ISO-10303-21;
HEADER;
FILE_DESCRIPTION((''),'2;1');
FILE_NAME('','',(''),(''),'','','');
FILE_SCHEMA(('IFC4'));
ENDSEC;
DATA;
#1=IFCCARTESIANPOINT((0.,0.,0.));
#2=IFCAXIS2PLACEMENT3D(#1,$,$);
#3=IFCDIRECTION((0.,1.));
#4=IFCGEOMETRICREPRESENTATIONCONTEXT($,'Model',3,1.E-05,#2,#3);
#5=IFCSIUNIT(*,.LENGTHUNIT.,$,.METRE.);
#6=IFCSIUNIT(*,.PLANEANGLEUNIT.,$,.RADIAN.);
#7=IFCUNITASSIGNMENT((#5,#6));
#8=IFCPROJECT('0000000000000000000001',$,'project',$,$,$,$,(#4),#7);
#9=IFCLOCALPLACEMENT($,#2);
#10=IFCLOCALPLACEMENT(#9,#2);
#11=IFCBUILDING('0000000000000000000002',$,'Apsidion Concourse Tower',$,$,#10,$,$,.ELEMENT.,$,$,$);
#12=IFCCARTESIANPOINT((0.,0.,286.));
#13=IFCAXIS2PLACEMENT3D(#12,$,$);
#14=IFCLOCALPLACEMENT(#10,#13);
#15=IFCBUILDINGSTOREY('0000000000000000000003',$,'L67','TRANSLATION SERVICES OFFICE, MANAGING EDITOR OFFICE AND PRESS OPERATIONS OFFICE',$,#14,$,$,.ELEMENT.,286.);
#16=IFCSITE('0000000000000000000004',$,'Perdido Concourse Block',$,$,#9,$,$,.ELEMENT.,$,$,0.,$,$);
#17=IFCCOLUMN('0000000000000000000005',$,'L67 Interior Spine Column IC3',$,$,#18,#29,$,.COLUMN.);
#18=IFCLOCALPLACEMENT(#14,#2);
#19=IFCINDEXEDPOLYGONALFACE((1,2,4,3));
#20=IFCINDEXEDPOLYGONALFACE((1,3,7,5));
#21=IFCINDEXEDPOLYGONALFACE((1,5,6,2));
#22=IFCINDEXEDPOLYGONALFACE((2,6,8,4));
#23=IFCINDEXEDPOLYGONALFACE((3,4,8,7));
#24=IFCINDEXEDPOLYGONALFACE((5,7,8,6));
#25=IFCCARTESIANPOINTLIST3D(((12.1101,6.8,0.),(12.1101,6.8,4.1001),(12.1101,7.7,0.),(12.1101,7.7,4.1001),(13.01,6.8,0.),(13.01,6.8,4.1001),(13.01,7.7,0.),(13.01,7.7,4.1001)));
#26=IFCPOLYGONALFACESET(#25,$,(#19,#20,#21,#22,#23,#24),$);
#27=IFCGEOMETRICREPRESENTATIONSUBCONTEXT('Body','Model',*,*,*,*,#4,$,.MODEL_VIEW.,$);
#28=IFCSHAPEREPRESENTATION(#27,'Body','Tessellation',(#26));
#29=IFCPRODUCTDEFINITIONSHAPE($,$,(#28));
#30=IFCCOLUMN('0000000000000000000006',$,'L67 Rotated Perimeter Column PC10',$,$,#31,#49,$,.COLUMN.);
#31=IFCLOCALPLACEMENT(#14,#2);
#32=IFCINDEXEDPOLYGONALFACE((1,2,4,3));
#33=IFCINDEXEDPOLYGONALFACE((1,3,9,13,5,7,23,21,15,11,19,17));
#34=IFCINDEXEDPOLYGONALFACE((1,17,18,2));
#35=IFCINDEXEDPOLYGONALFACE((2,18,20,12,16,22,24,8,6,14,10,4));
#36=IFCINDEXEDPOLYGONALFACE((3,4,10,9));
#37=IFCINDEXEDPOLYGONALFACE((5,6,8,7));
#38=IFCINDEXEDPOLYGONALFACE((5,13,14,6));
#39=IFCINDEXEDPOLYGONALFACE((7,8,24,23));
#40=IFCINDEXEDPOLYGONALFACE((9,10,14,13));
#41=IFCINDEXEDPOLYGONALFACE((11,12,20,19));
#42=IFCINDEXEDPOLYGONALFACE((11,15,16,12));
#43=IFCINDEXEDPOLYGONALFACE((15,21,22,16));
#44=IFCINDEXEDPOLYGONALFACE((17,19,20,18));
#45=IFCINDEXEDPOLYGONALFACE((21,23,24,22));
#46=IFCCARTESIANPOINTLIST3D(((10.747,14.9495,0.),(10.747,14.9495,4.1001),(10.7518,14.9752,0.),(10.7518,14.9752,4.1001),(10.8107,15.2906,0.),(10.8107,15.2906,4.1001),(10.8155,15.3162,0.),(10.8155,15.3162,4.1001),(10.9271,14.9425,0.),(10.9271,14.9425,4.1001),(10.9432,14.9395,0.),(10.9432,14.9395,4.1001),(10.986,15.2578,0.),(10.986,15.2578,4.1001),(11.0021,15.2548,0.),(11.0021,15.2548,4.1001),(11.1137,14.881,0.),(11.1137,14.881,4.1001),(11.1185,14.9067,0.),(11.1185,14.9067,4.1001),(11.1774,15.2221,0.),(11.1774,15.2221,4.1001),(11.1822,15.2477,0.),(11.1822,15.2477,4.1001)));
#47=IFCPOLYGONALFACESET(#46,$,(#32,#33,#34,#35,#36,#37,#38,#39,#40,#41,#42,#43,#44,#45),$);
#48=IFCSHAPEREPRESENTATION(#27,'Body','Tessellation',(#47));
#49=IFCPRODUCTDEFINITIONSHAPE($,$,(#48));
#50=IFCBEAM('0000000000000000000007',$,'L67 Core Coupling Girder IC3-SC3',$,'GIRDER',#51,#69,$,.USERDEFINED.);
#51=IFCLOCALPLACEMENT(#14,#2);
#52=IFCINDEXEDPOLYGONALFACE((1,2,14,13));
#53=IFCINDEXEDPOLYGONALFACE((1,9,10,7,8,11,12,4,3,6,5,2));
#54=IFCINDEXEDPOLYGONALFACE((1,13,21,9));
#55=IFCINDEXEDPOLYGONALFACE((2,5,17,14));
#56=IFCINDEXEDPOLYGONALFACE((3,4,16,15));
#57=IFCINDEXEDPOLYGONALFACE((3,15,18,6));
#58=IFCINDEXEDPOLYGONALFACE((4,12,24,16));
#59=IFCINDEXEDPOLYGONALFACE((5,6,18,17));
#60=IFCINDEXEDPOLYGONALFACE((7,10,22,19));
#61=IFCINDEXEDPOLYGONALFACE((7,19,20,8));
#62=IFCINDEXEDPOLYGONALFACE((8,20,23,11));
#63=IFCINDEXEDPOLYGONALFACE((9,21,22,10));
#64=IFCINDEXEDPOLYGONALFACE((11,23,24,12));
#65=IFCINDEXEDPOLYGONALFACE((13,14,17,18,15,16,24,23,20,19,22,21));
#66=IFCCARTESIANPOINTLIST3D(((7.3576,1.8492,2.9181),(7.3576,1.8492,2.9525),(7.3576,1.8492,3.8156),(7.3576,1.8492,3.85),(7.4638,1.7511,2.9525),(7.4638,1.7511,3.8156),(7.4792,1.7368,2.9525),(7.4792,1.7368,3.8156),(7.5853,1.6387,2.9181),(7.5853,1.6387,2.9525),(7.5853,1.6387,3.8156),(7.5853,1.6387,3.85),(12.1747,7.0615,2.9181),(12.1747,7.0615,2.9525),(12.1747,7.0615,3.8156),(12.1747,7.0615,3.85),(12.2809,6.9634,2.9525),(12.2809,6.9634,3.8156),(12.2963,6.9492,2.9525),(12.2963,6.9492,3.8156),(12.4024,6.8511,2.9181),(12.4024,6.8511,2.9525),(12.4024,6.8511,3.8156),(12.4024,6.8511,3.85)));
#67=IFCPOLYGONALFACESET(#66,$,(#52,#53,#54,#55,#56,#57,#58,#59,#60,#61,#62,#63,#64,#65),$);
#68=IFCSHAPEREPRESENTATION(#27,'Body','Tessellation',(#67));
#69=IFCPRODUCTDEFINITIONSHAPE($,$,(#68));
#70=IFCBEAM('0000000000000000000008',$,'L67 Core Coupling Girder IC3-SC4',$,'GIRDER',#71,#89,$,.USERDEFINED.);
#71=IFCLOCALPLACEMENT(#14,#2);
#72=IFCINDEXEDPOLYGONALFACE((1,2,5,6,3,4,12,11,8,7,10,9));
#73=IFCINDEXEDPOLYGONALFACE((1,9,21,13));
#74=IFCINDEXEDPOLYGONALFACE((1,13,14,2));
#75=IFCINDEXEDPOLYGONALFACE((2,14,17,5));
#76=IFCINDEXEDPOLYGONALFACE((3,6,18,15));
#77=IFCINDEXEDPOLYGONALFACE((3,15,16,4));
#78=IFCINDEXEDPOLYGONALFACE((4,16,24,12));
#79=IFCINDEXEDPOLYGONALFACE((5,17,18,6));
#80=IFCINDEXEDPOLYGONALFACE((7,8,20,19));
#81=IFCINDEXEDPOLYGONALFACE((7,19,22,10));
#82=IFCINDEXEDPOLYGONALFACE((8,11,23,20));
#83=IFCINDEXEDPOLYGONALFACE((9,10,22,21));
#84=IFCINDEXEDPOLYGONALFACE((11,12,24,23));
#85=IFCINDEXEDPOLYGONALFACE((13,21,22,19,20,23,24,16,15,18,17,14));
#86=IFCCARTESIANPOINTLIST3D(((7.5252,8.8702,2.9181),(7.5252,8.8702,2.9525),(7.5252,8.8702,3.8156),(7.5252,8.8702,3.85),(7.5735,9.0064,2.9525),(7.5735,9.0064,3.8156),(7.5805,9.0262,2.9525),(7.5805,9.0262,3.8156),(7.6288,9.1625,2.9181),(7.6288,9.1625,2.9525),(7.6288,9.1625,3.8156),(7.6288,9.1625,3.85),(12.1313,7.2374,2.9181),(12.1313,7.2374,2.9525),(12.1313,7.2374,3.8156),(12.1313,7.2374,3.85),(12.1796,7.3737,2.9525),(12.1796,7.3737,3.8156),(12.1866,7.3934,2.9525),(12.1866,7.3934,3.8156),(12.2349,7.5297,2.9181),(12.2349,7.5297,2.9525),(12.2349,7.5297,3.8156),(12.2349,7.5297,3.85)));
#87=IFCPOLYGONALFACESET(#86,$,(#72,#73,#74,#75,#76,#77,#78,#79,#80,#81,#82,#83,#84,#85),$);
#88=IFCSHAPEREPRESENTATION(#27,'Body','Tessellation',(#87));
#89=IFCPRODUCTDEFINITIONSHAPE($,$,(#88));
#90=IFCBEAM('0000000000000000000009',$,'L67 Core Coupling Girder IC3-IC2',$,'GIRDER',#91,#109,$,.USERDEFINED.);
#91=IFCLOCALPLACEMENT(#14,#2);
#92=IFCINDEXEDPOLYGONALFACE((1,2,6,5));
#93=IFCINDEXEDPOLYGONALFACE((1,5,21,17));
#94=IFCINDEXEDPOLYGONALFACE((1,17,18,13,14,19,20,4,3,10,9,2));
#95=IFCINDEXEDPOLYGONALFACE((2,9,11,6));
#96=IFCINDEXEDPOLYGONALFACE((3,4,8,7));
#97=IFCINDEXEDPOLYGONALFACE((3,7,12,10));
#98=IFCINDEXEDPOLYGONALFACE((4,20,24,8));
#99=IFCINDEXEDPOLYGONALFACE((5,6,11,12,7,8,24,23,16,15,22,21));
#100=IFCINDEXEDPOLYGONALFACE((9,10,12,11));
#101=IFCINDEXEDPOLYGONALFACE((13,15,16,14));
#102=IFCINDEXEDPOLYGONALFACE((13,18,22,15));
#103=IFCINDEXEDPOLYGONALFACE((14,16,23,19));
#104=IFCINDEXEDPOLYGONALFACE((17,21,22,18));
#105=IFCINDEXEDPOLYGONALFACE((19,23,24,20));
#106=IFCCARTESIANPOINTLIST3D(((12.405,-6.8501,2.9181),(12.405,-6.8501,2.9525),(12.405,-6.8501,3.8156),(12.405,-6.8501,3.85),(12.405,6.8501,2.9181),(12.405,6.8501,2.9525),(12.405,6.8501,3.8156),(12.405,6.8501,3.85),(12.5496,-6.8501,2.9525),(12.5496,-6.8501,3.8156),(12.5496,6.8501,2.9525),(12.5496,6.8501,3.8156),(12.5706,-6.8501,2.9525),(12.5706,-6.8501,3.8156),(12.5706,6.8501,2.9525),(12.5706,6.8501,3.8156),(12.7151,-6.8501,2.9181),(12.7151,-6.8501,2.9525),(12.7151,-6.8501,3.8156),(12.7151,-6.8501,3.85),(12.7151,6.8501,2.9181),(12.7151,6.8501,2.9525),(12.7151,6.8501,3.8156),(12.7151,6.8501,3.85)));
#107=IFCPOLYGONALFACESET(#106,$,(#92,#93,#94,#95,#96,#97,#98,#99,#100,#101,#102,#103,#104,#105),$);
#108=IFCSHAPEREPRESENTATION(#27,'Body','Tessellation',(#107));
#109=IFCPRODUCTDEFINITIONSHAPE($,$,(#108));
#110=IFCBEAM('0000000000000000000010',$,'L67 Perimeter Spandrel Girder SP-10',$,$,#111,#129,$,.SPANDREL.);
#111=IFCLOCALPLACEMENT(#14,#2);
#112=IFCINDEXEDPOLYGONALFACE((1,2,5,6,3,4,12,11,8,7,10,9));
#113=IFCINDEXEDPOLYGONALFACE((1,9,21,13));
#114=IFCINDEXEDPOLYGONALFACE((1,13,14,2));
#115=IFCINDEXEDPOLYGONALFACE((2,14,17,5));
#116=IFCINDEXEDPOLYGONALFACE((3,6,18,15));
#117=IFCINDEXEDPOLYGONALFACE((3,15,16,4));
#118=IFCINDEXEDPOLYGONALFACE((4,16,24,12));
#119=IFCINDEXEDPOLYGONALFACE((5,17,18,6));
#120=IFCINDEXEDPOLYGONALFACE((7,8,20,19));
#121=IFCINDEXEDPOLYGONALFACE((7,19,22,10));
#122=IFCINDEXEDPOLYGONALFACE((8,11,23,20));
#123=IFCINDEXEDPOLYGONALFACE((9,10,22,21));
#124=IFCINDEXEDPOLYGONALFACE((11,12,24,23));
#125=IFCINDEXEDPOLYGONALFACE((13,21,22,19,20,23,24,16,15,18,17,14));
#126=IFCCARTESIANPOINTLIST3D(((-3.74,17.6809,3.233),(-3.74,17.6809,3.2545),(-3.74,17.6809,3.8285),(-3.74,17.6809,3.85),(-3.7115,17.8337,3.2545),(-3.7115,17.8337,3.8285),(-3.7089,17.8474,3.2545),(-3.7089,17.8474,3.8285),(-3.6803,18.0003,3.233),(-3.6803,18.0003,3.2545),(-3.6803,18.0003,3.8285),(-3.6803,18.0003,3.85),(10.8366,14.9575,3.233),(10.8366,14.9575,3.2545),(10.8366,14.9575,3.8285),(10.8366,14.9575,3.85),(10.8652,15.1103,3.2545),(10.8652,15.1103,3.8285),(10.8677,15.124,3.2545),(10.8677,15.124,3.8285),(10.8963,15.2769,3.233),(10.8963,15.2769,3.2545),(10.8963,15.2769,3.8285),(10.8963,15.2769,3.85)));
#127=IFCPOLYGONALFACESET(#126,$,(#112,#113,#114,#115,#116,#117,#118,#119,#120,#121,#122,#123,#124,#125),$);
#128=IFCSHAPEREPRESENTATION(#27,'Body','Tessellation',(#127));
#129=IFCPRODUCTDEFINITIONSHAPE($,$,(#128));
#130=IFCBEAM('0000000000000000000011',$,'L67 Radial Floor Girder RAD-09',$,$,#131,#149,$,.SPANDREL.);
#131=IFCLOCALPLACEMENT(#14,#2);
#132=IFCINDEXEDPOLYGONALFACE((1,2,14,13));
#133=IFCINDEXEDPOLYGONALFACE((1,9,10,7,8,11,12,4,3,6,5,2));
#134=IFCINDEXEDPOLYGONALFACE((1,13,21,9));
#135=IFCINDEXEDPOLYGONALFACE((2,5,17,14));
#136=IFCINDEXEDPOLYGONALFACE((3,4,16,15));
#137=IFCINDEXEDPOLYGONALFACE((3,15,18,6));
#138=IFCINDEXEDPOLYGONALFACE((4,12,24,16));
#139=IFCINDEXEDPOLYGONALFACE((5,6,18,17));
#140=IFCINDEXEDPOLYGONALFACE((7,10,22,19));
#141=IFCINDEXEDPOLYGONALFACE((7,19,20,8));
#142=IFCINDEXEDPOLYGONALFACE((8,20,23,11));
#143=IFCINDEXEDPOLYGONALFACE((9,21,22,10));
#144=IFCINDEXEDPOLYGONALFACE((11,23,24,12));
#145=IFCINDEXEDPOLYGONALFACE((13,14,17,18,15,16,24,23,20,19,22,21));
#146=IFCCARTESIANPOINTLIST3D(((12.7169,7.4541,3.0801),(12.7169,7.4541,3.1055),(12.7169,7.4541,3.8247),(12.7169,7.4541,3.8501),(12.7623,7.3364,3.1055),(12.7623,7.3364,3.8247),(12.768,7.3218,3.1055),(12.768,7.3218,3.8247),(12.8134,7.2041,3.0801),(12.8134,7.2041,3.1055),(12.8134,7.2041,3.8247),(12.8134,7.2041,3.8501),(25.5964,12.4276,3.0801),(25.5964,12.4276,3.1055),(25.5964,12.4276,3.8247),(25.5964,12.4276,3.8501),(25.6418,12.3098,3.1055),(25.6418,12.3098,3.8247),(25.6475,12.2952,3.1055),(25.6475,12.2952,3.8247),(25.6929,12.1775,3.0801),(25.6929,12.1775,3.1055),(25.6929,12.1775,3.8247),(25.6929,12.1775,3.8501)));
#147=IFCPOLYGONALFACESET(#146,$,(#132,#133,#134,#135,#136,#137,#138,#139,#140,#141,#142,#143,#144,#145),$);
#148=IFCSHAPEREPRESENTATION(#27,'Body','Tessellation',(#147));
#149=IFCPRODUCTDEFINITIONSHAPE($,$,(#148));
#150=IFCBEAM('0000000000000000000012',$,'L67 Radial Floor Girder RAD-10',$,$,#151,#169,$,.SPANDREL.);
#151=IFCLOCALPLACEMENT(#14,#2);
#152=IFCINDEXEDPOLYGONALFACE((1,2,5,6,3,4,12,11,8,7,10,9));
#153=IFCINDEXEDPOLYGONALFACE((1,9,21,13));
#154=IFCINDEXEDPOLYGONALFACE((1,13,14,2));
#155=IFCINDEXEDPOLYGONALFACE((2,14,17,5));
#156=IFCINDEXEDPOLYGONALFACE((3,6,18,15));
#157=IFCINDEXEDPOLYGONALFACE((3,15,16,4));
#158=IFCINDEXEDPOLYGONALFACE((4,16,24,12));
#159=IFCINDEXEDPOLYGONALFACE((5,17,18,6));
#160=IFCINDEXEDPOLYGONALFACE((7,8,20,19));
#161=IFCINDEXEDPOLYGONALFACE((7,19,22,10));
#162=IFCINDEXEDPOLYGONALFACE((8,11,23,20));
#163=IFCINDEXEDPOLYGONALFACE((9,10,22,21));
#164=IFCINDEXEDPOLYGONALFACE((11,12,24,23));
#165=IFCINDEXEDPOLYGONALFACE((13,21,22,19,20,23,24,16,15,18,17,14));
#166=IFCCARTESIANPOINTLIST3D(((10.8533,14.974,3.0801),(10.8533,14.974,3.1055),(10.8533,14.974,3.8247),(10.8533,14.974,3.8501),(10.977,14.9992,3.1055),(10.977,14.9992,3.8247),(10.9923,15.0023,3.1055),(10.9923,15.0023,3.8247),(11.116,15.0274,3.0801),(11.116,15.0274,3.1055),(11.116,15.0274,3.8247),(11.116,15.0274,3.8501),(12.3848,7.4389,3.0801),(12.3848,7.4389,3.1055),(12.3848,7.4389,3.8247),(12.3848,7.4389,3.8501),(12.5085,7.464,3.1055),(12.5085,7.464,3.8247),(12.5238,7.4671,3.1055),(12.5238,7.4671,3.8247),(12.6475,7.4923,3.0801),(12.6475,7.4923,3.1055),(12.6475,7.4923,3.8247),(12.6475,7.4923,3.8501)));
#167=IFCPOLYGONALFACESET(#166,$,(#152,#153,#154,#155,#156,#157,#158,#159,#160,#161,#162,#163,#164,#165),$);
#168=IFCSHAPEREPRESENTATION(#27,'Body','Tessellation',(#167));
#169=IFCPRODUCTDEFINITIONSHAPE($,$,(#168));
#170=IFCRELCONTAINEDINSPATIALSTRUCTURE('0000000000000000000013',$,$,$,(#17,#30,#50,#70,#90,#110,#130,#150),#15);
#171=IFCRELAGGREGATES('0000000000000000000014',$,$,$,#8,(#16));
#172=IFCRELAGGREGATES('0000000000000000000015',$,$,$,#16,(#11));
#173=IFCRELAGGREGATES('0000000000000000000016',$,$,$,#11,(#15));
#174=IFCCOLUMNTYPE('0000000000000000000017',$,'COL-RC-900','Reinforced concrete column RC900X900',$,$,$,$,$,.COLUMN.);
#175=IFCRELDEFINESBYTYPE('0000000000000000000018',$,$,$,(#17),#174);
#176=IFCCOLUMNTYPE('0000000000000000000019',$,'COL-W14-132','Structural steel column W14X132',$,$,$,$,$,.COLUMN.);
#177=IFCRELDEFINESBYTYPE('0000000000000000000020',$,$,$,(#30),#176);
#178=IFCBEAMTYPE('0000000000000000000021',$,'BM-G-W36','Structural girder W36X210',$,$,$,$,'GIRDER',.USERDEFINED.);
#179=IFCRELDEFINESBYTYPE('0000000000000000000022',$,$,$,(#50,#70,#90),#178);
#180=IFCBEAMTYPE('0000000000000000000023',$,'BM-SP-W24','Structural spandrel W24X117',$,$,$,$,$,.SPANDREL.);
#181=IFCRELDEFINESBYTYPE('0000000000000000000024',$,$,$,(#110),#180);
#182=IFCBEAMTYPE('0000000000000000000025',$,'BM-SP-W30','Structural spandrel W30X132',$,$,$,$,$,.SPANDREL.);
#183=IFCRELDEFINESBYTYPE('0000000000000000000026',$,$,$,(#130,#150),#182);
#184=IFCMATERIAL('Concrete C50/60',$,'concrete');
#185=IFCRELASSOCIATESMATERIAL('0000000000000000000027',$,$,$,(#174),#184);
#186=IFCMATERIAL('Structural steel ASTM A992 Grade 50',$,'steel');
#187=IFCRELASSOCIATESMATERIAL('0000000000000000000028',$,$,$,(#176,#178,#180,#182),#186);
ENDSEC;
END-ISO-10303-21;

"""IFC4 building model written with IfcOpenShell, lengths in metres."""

from ifc_helpers import new_model, si_unit, direction, frame, origin, origin_2d, place, context, subcontext, project, spatial, rectangle, i_section, extrude, material, material_profile, profile_set, type_object, element, save


model = new_model("IFC4")

# Units and contexts
model_context = context("Model", 3, precision=1e-05, world=origin(), true_north=direction((0.0, 1.0)))
body_context = subcontext(model_context, "Body", "Model", "MODEL_VIEW")
ifc_project = project(units=[si_unit("LENGTHUNIT", "METRE"), si_unit("PLANEANGLEUNIT", "RADIAN")], contexts=[model_context])

# Site, building, storey
site_placement = place(None, origin())
site = spatial("IfcSite", under=ifc_project, at=site_placement, Name="Perdido Concourse Block", CompositionType="ELEMENT", RefElevation=0.0)
building_placement = place(site_placement, origin())
building = spatial("IfcBuilding", under=site, at=building_placement, Name="Apsidion Concourse Tower", CompositionType="ELEMENT")
storey_placement = place(building_placement, frame((0.0, 0.0, 286.0)))
storey = spatial("IfcBuildingStorey", under=building, at=storey_placement, Name="L67", Description="TRANSLATION SERVICES OFFICE, MANAGING EDITOR OFFICE AND PRESS OPERATIONS OFFICE", CompositionType="ELEMENT", Elevation=286.0)

# Columns
ifc_material_1 = material(Name="Concrete C50/60", Category="concrete")
ifc_material_profile_1 = material_profile(ifc_material_1, rectangle(XDim=0.8999, YDim=0.8999, at=origin_2d()), Name="RC 900x900")
ifc_profile_set_1 = profile_set([ifc_material_profile_1], Name="Concrete C50/60")
column_type_1 = type_object("IfcColumnType", Name="COL-RC-900", Description="Reinforced concrete column RC900X900", PredefinedType="COLUMN", material=ifc_profile_set_1)
column_1_placement = place(storey_placement, frame((12.5601, 7.25, 0.0), z_axis=(0.0, 0.0, 1.0), x_axis=(1.0, 0.0, 0.0)))
element("IfcColumn", 1, at=column_1_placement, inside=storey, type_object=column_type_1, Name="L67 Interior Spine Column IC3", PredefinedType="COLUMN", context=body_context, shape_type="SweptSolid", body=[
    extrude(rectangle(XDim=0.8999, YDim=0.8999, at=origin_2d()), origin(), (0.0, 0.0, 1.0), 4.1001),
])
ifc_material_2 = material(Name="Structural steel ASTM A992 Grade 50", Category="steel")
ifc_material_profile_2 = material_profile(ifc_material_2, i_section(OverallWidth=0.373, OverallDepth=0.373, WebThickness=0.0164, FlangeThickness=0.0261, at=origin_2d()), Name="W14X132")
ifc_profile_set_2 = profile_set([ifc_material_profile_2], Name="Structural steel ASTM A992 Grade 50")
column_type_2 = type_object("IfcColumnType", Name="COL-W14-132", Description="Structural steel column W14X132", PredefinedType="COLUMN", material=ifc_profile_set_2)
column_2_placement = place(storey_placement, frame((10.9646, 15.0986, 0.0), z_axis=(0.0, 0.0, 1.0), x_axis=(-0.983, 0.183608, 0.0)))
element("IfcColumn", 2, at=column_2_placement, inside=storey, type_object=column_type_2, Name="L67 Rotated Perimeter Column PC10", PredefinedType="COLUMN", context=body_context, shape_type="SweptSolid", body=[
    extrude(i_section(OverallWidth=0.373, OverallDepth=0.373, WebThickness=0.0164, FlangeThickness=0.0261, at=origin_2d()), origin(), (0.0, 0.0, 1.0), 4.1001),
])

# Beams
ifc_material_profile_3 = material_profile(ifc_material_2, i_section(OverallWidth=0.3101, OverallDepth=0.9319, WebThickness=0.021, FlangeThickness=0.0344, at=origin_2d()), Name="W36X210")
ifc_profile_set_3 = profile_set([ifc_material_profile_3], Name="Structural steel ASTM A992 Grade 50")
beam_type_1 = type_object("IfcBeamType", Name="BM-G-W36", Description="Structural girder W36X210", ElementType="GIRDER", PredefinedType="USERDEFINED", material=ifc_profile_set_3)
beam_1_placement = place(storey_placement, frame((12.2886, 6.9563, 3.384), z_axis=(-0.678713, -0.734404, 0.0), x_axis=(0.734404, -0.678713, 0.0)))
element("IfcBeam", 3, at=beam_1_placement, inside=storey, type_object=beam_type_1, Name="L67 Core Coupling Girder IC3-SC3", ObjectType="GIRDER", PredefinedType="USERDEFINED", context=body_context, shape_type="SweptSolid", body=[
    extrude(i_section(OverallWidth=0.3101, OverallDepth=0.9319, WebThickness=0.021, FlangeThickness=0.0344, at=origin_2d()), origin(), (0.0, 0.0, 1.0), 7.0974),
])
beam_2_placement = place(storey_placement, frame((12.1831, 7.3835, 3.384), z_axis=(-0.942534, 0.334111, 0.0), x_axis=(-0.334111, -0.942534, 0.0)))
element("IfcBeam", 4, at=beam_2_placement, inside=storey, type_object=beam_type_1, Name="L67 Core Coupling Girder IC3-SC4", ObjectType="GIRDER", PredefinedType="USERDEFINED", context=body_context, shape_type="SweptSolid", body=[
    extrude(i_section(OverallWidth=0.3101, OverallDepth=0.9319, WebThickness=0.021, FlangeThickness=0.0344, at=origin_2d()), origin(), (0.0, 0.0, 1.0), 4.887),
])
beam_3_placement = place(storey_placement, frame((12.5601, 6.8501, 3.384), z_axis=(0.0, -1.0, 0.0), x_axis=(1.0, 0.0, 0.0)))
element("IfcBeam", 5, at=beam_3_placement, inside=storey, type_object=beam_type_1, Name="L67 Core Coupling Girder IC3-IC2", ObjectType="GIRDER", PredefinedType="USERDEFINED", context=body_context, shape_type="SweptSolid", body=[
    extrude(i_section(OverallWidth=0.3101, OverallDepth=0.9319, WebThickness=0.021, FlangeThickness=0.0344, at=origin_2d()), origin(), (0.0, 0.0, 1.0), 13.7002),
])
ifc_material_profile_4 = material_profile(ifc_material_2, i_section(OverallWidth=0.325, OverallDepth=0.6169, WebThickness=0.0139, FlangeThickness=0.0215, at=origin_2d()), Name="W24X117")
ifc_profile_set_4 = profile_set([ifc_material_profile_4], Name="Structural steel ASTM A992 Grade 50")
beam_type_2 = type_object("IfcBeamType", Name="BM-SP-W24", Description="Structural spandrel W24X117", PredefinedType="SPANDREL", material=ifc_profile_set_4)
beam_4_placement = place(storey_placement, frame((10.8665, 15.1172, 3.5415), z_axis=(-0.982991, 0.183654, 0.0), x_axis=(-0.183654, -0.982991, 0.0)))
element("IfcBeam", 6, at=beam_4_placement, inside=storey, type_object=beam_type_2, Name="L67 Perimeter Spandrel Girder SP-10", PredefinedType="SPANDREL", context=body_context, shape_type="SweptSolid", body=[
    extrude(i_section(OverallWidth=0.325, OverallDepth=0.6169, WebThickness=0.0139, FlangeThickness=0.0215, at=origin_2d()), origin(), (0.0, 0.0, 1.0), 14.8289),
])
ifc_material_profile_5 = material_profile(ifc_material_2, i_section(OverallWidth=0.2681, OverallDepth=0.77, WebThickness=0.0156, FlangeThickness=0.0254, at=origin_2d()), Name="W30X132")
ifc_profile_set_5 = profile_set([ifc_material_profile_5], Name="Structural steel ASTM A992 Grade 50")
beam_type_3 = type_object("IfcBeamType", Name="BM-SP-W30", Description="Structural spandrel W30X132", PredefinedType="SPANDREL", material=ifc_profile_set_5)
beam_5_placement = place(storey_placement, frame((12.7651, 7.3291, 3.4651), z_axis=(0.932865, 0.360227, 0.0), x_axis=(-0.360227, 0.932865, 0.0)))
element("IfcBeam", 7, at=beam_5_placement, inside=storey, type_object=beam_type_3, Name="L67 Radial Floor Girder RAD-09", PredefinedType="SPANDREL", context=body_context, shape_type="SweptSolid", body=[
    extrude(i_section(OverallWidth=0.2681, OverallDepth=0.77, WebThickness=0.0156, FlangeThickness=0.0254, at=origin_2d()), origin(), (0.0, 0.0, 1.0), 13.8064),
])
beam_6_placement = place(storey_placement, frame((12.5161, 7.4656, 3.4651), z_axis=(-0.199174, 0.979964, 0.0), x_axis=(-0.979964, -0.199174, 0.0)))
element("IfcBeam", 8, at=beam_6_placement, inside=storey, type_object=beam_type_3, Name="L67 Radial Floor Girder RAD-10", PredefinedType="SPANDREL", context=body_context, shape_type="SweptSolid", body=[
    extrude(i_section(OverallWidth=0.2681, OverallDepth=0.77, WebThickness=0.0156, FlangeThickness=0.0254, at=origin_2d()), origin(), (0.0, 0.0, 1.0), 7.6892),
])

save(model, "model.ifc")
